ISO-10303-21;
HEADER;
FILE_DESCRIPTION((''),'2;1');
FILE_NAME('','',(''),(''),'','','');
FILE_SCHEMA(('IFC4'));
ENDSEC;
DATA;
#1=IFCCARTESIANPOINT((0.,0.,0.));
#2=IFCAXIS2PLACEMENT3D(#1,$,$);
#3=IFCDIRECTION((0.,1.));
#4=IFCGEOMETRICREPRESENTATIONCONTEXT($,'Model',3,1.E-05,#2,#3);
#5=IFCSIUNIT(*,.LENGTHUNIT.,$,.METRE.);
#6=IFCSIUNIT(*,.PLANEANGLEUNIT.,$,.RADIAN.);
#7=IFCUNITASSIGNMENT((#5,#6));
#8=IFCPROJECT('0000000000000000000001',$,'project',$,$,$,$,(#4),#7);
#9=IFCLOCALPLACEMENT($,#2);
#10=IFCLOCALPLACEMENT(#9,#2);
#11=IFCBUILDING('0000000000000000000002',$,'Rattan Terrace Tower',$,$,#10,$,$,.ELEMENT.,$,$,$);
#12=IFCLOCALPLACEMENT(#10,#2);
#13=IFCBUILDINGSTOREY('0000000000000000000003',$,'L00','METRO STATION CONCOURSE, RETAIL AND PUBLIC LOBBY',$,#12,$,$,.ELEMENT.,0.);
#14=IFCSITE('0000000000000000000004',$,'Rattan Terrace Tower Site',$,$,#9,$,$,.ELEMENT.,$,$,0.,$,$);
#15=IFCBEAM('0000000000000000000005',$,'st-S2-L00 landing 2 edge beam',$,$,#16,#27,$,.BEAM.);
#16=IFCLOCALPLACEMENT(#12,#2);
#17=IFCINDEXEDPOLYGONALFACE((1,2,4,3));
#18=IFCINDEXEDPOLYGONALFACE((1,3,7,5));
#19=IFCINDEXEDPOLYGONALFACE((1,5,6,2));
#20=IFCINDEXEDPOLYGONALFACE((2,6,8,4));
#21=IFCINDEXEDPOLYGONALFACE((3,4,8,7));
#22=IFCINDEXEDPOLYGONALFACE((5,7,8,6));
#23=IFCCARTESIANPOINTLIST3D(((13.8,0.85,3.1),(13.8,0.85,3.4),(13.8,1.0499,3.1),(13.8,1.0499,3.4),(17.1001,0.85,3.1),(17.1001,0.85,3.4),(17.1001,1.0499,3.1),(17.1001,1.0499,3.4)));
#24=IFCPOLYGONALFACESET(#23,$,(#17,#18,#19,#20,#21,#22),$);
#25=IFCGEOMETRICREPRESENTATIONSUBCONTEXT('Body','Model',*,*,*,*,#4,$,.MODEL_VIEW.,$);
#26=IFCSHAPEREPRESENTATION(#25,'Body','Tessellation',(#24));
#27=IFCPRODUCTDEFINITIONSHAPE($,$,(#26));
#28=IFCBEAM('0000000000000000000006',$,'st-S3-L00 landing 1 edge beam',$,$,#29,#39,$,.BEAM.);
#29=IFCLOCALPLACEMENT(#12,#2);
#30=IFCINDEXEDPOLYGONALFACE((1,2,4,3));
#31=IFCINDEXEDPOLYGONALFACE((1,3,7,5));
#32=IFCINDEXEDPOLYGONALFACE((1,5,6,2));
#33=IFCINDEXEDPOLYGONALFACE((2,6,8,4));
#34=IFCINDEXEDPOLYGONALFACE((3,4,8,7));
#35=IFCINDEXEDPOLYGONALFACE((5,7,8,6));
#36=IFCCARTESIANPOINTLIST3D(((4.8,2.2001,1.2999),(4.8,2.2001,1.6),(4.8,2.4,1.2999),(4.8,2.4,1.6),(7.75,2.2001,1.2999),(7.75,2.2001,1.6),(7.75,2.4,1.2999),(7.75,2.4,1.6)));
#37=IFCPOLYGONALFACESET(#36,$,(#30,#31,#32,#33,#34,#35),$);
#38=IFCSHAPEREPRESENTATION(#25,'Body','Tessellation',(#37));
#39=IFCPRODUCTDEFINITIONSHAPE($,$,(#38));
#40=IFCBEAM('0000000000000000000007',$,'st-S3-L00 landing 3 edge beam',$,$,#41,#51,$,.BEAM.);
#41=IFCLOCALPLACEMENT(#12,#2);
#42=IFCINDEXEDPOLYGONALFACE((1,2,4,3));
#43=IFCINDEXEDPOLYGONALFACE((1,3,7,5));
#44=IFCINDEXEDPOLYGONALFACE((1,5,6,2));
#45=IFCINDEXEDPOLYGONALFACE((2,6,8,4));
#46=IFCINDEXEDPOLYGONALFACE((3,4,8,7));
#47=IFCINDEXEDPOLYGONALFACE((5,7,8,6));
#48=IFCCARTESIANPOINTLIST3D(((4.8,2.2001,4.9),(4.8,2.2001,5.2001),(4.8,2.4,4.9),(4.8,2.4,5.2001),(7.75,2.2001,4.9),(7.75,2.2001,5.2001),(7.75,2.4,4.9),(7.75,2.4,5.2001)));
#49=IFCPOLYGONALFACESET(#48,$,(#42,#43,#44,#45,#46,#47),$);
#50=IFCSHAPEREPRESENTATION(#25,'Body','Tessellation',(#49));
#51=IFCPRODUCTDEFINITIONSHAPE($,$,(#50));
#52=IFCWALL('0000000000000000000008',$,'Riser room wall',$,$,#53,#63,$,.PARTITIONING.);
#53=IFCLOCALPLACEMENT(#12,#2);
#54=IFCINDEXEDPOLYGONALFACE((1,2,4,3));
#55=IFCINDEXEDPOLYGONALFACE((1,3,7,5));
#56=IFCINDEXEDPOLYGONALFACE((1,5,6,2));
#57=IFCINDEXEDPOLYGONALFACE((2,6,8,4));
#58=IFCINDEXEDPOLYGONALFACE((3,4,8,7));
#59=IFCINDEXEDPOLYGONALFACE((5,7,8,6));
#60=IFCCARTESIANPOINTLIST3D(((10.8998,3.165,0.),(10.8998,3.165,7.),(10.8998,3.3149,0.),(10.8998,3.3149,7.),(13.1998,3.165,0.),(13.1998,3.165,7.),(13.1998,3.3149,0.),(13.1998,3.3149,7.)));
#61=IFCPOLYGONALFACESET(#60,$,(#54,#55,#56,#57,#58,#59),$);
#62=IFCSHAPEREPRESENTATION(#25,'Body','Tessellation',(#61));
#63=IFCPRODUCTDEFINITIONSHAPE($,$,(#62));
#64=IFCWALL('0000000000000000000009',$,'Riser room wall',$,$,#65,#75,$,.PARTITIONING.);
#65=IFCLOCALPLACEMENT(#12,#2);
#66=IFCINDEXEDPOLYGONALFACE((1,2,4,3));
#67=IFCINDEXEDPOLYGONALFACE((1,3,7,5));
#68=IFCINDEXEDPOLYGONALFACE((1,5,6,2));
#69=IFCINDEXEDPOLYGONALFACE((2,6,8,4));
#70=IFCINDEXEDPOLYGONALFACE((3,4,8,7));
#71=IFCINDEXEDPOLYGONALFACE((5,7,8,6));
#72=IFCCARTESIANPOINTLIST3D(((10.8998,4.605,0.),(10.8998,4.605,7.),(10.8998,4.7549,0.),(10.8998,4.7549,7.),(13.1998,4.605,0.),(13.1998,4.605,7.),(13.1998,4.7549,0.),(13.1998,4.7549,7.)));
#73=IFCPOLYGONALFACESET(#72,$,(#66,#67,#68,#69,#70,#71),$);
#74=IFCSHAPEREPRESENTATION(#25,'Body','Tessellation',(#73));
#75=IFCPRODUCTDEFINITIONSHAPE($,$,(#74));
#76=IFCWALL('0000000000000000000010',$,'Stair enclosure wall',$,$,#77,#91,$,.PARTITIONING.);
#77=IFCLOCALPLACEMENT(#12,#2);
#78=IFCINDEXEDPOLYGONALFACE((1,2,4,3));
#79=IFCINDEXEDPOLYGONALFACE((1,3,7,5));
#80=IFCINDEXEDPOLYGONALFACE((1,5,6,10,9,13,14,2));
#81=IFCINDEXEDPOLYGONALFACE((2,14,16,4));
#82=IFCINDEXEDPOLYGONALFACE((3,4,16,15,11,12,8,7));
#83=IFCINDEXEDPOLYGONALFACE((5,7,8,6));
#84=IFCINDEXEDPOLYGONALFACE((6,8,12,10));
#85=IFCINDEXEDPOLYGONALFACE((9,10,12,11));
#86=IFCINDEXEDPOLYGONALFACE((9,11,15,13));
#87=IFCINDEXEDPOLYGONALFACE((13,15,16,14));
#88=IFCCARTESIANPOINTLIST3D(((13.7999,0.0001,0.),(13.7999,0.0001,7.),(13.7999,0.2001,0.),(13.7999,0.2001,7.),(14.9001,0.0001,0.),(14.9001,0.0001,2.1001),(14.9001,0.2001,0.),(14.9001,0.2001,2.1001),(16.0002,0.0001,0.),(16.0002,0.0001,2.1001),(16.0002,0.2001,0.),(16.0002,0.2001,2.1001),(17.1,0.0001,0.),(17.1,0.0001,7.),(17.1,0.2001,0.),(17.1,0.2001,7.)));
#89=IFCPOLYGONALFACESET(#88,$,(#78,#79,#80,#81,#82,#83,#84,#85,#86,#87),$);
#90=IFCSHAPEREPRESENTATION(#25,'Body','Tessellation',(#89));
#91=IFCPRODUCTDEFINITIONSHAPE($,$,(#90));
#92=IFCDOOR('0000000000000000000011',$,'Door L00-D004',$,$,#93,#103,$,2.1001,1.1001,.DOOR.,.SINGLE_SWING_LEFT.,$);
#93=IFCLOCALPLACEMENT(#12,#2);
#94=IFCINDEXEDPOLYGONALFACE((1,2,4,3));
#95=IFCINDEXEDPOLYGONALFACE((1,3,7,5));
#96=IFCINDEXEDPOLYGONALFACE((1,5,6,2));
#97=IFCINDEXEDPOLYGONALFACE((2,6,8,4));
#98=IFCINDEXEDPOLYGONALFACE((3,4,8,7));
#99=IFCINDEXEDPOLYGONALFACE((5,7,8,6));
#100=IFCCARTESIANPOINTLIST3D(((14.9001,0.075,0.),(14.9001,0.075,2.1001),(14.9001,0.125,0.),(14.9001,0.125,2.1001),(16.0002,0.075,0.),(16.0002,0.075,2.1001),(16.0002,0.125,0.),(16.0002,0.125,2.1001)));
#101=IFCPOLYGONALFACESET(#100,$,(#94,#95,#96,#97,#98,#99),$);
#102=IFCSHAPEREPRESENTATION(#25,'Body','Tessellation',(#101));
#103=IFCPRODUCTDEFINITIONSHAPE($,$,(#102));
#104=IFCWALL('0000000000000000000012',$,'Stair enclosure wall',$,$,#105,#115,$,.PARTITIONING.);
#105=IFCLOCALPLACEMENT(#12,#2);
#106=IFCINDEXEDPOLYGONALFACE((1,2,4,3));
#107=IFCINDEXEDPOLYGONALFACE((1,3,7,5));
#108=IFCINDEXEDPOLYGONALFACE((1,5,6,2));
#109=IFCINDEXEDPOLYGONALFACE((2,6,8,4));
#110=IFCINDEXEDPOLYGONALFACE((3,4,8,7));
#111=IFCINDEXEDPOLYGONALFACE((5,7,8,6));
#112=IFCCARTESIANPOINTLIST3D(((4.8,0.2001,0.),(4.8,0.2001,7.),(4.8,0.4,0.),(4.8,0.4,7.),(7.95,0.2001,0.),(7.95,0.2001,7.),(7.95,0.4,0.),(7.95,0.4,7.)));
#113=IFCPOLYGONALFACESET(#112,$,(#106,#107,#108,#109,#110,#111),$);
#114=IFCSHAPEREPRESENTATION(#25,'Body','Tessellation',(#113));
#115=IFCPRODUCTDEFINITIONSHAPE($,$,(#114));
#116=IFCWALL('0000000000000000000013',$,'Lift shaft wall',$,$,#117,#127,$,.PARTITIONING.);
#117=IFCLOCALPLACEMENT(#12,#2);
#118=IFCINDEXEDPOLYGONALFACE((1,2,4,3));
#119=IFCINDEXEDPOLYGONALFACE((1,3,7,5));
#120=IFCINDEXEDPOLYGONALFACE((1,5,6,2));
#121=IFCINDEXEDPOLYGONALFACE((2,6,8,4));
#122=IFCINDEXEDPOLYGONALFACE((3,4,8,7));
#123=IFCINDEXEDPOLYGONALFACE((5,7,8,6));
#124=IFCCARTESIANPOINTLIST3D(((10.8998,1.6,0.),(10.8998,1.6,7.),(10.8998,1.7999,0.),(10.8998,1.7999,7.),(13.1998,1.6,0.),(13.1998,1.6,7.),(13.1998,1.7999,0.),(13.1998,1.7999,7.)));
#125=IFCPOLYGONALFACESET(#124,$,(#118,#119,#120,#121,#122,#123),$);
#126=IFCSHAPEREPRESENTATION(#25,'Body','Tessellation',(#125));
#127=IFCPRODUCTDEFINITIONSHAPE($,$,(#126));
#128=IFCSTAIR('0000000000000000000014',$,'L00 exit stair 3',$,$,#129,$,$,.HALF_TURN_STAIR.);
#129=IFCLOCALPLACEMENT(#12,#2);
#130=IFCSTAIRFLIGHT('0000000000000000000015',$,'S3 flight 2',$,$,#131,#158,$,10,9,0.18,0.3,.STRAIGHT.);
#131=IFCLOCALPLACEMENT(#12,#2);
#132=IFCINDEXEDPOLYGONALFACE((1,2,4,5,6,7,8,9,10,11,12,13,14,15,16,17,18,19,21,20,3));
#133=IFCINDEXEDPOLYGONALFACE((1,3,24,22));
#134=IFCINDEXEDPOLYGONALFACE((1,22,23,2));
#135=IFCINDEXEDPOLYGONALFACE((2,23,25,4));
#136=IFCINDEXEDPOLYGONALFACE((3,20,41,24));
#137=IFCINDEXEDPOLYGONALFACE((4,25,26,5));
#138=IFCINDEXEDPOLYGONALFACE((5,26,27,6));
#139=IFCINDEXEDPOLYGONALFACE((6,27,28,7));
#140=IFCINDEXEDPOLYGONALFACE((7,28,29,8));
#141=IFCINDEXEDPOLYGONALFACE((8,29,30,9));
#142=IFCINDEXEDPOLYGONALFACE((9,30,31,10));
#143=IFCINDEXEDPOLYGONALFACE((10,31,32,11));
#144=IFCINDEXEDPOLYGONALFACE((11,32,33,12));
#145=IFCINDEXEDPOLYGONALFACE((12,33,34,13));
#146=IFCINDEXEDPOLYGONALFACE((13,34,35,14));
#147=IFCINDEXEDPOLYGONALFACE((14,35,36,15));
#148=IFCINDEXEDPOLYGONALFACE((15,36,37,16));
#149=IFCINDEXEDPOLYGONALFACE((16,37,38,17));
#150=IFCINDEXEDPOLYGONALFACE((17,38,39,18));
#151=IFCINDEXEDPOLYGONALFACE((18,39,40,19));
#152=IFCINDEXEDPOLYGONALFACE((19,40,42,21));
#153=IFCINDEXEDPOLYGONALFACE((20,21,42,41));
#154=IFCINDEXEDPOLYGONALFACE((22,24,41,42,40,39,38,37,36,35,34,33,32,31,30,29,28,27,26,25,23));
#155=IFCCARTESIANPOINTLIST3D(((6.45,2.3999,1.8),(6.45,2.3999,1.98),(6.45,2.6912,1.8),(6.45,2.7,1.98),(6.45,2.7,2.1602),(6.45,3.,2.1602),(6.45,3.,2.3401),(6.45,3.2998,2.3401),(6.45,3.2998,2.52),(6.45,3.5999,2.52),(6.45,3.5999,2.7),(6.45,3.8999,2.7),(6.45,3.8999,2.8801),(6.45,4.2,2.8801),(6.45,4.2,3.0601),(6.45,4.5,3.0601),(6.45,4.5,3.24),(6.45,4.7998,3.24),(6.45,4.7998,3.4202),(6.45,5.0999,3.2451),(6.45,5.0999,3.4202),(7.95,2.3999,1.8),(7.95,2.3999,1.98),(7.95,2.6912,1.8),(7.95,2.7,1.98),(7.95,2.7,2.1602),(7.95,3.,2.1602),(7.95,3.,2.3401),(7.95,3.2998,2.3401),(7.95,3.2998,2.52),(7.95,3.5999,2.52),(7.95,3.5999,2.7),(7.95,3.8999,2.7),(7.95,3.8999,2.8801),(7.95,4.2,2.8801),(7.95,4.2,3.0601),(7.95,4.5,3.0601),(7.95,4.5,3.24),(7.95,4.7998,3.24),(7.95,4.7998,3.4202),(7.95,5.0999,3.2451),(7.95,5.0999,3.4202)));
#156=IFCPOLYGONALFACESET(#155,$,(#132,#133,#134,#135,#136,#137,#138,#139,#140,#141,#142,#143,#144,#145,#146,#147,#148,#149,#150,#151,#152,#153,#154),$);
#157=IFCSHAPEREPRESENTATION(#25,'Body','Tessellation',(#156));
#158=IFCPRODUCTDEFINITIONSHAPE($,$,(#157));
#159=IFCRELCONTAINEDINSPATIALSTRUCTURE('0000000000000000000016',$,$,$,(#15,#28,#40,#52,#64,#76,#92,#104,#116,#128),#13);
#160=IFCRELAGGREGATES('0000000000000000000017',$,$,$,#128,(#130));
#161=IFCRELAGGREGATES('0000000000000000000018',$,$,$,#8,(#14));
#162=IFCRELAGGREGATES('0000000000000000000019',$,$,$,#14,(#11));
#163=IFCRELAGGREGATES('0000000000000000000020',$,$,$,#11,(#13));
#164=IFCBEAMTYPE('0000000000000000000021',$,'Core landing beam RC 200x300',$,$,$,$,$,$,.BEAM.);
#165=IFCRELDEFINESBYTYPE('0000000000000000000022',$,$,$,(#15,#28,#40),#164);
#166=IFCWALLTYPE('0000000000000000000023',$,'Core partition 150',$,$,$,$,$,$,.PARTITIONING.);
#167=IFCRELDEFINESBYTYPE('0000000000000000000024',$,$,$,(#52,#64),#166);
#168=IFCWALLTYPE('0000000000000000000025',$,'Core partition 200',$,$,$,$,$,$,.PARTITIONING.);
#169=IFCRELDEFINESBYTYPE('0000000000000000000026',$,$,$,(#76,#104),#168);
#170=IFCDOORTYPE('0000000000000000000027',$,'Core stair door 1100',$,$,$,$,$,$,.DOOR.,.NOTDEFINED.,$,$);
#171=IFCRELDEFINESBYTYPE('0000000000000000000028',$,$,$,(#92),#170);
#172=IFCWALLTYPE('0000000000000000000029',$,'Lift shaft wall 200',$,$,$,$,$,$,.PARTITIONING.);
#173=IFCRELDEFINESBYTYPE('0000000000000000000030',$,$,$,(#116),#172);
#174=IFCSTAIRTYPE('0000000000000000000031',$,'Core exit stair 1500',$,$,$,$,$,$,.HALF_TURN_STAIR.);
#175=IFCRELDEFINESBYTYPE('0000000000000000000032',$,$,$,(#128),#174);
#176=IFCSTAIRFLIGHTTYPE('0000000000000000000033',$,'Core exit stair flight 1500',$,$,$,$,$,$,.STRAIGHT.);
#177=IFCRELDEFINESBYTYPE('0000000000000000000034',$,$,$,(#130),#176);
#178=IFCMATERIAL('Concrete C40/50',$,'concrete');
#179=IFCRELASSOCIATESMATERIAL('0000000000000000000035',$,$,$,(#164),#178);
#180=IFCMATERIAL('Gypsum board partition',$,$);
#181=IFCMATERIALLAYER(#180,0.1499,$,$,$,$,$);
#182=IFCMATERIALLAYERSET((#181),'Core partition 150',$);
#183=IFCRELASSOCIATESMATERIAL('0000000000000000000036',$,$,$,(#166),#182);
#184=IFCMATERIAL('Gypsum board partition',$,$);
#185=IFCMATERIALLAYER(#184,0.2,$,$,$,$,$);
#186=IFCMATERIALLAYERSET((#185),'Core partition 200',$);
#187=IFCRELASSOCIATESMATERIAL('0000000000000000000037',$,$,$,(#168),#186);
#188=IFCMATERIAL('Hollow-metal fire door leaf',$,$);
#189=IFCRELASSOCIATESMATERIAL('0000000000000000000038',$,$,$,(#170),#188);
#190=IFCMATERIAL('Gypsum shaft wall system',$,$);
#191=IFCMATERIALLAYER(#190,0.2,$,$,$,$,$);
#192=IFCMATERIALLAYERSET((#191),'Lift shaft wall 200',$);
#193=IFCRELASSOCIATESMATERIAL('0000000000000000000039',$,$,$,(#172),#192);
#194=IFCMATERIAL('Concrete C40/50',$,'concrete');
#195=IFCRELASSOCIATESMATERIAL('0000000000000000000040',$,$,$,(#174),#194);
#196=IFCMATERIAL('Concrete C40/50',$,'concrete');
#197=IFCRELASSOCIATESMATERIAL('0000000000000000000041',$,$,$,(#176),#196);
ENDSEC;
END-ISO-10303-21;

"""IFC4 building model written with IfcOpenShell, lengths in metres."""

from ifc_helpers import new_model, si_unit, direction, frame, frame_2d, origin, origin_2d, place, context, subcontext, project, spatial, polyline, rectangle, outline, extrude, material, layer, layer_set, material_profile, profile_set, type_object, element, fill, aggregate, save


model = new_model("IFC4")

# Units and contexts
model_context = context("Model", 3, precision=1e-05, world=origin(), true_north=direction((0.0, 1.0)))
body_context = subcontext(model_context, "Body", "Model", "MODEL_VIEW")
ifc_project = project(units=[si_unit("LENGTHUNIT", "METRE"), si_unit("PLANEANGLEUNIT", "RADIAN")], contexts=[model_context])

# Site, building, storey
site_placement = place(None, origin())
site = spatial("IfcSite", under=ifc_project, at=site_placement, Name="Rattan Terrace Tower Site", CompositionType="ELEMENT", RefElevation=0.0)
building_placement = place(site_placement, origin())
building = spatial("IfcBuilding", under=site, at=building_placement, Name="Rattan Terrace Tower", CompositionType="ELEMENT")
storey_placement = place(building_placement, origin())
storey = spatial("IfcBuildingStorey", under=building, at=storey_placement, Name="L00", Description="METRO STATION CONCOURSE, RETAIL AND PUBLIC LOBBY", CompositionType="ELEMENT", Elevation=0.0)

# Beams
ifc_material_1 = material(Name="Concrete C40/50", Category="concrete")
ifc_material_profile = material_profile(ifc_material_1, rectangle(XDim=0.2, YDim=0.3, at=origin_2d()), Name="RC 200x300")
ifc_profile_set = profile_set([ifc_material_profile], Name="Concrete C40/50")
beam_type = type_object("IfcBeamType", Name="Core landing beam RC 200x300", PredefinedType="BEAM", material=ifc_profile_set)
beam_placement = place(storey_placement, frame((13.8, 0.95, 3.25), z_axis=(1.0, 0.0, 0.0), x_axis=(0.0, 1.0, 0.0)))
element("IfcBeam", 1, at=beam_placement, inside=storey, type_object=beam_type, Name="st-S2-L00 landing 2 edge beam", PredefinedType="BEAM", context=body_context, shape_type="SweptSolid", body=[
    extrude(rectangle(XDim=0.2, YDim=0.3, at=origin_2d()), origin(), (0.0, 0.0, 1.0), 3.3),
])
for number, where, z_axis, x_axis, name in (
    (2, (4.8, 2.3, 1.45), (1.0, 0.0, 0.0), (0.0, 1.0, 0.0), "st-S3-L00 landing 1 edge beam"),
    (3, (4.8, 2.3, 5.05), (1.0, 0.0, 0.0), (0.0, 1.0, 0.0), "st-S3-L00 landing 3 edge beam"),
):
    element("IfcBeam", number, at=place(storey_placement, frame(where, z_axis=z_axis, x_axis=x_axis)), inside=storey, type_object=beam_type, Name=name, PredefinedType="BEAM", context=body_context, shape_type="SweptSolid", body=[
        extrude(rectangle(XDim=0.2, YDim=0.3, at=origin_2d()), origin(), (0.0, 0.0, 1.0), 2.95),
    ])

# Walls
ifc_material_2 = material(Name="Gypsum board partition")
ifc_layer_1 = layer(ifc_material_2, 0.1499)
ifc_layer_set_1 = layer_set([ifc_layer_1], Name="Core partition 150")
wall_type_1 = type_object("IfcWallType", Name="Core partition 150", PredefinedType="PARTITIONING", material=ifc_layer_set_1)
for number, where, z_axis, x_axis, name in (
    (4, (10.8999, 3.24, 0.0), (0.0, 0.0, 1.0), (1.0, 0.0, 0.0), "Riser room wall"),
    (5, (10.8999, 4.6799, 0.0), (0.0, 0.0, 1.0), (1.0, 0.0, 0.0), "Riser room wall"),
):
    element("IfcWall", number, at=place(storey_placement, frame(where, z_axis=z_axis, x_axis=x_axis)), inside=storey, type_object=wall_type_1, Name=name, PredefinedType="PARTITIONING", context=body_context, shape_type="SweptSolid", body=[
        extrude(rectangle(XDim=2.3, YDim=0.1499, at=frame_2d((1.1499, 0.0))), origin(), (0.0, 0.0, 1.0), 7.0),
    ])

# Wall, opening, door
ifc_material_3 = material(Name="Gypsum board partition")
ifc_layer_2 = layer(ifc_material_3, 0.2)
ifc_layer_set_2 = layer_set([ifc_layer_2], Name="Core partition 200")
wall_type_2 = type_object("IfcWallType", Name="Core partition 200", PredefinedType="PARTITIONING", material=ifc_layer_set_2)
wall_1_placement = place(storey_placement, frame((13.8, 0.1001, 0.0), z_axis=(0.0, 0.0, 1.0), x_axis=(1.0, 0.0, 0.0)))
wall_1 = element("IfcWall", 6, at=wall_1_placement, inside=storey, type_object=wall_type_2, Name="Stair enclosure wall", PredefinedType="PARTITIONING", context=body_context, shape_type="SweptSolid", body=[
    extrude(rectangle(XDim=3.3, YDim=0.2, at=frame_2d((1.6499, 0.0))), origin(), (0.0, 0.0, 1.0), 7.0),
])
opening_placement = place(wall_1_placement, frame((1.1001, 0.0, 0.0)))
opening = element("IfcOpeningElement", 7, at=opening_placement, cuts=wall_1, PredefinedType="OPENING", context=body_context, shape_type="SweptSolid", body=[
    extrude(rectangle(XDim=1.1001, YDim=2.1001, at=frame_2d((0.55, 1.05))), frame((0.0, 0.1106, 0.0), z_axis=(0.0, -1.0, 0.0), x_axis=(1.0, 0.0, 0.0)), (0.0, 0.0, 1.0), 0.2209),
])
ifc_material_4 = material(Name="Hollow-metal fire door leaf")
door_type = type_object("IfcDoorType", Name="Core stair door 1100", OperationType="NOTDEFINED", PredefinedType="DOOR", material=ifc_material_4)
door_placement = place(opening_placement, origin())
door = element("IfcDoor", 8, at=door_placement, inside=storey, type_object=door_type, Name="Door L00-D004", OperationType="SINGLE_SWING_LEFT", OverallHeight=2.1001, OverallWidth=1.1001, PredefinedType="DOOR", context=body_context, shape_type="SweptSolid", body=[
    extrude(rectangle(XDim=1.1001, YDim=2.1001, at=frame_2d((0.55, 1.05))), frame((0.0, 0.0249, 0.0), z_axis=(0.0, -1.0, 0.0), x_axis=(1.0, 0.0, 0.0)), (0.0, 0.0, 1.0), 0.05),
])
fill(opening, door)

# Walls
wall_2_placement = place(storey_placement, frame((4.8, 0.3, 0.0), z_axis=(0.0, 0.0, 1.0), x_axis=(1.0, 0.0, 0.0)))
element("IfcWall", 9, at=wall_2_placement, inside=storey, type_object=wall_type_2, Name="Stair enclosure wall", PredefinedType="PARTITIONING", context=body_context, shape_type="SweptSolid", body=[
    extrude(rectangle(XDim=3.1499, YDim=0.2, at=frame_2d((1.575, 0.0))), origin(), (0.0, 0.0, 1.0), 7.0),
])
ifc_material_5 = material(Name="Gypsum shaft wall system")
ifc_layer_3 = layer(ifc_material_5, 0.2)
ifc_layer_set_3 = layer_set([ifc_layer_3], Name="Lift shaft wall 200")
wall_type_3 = type_object("IfcWallType", Name="Lift shaft wall 200", PredefinedType="PARTITIONING", material=ifc_layer_set_3)
wall_3_placement = place(storey_placement, frame((10.8999, 1.7, 0.0), z_axis=(0.0, 0.0, 1.0), x_axis=(1.0, 0.0, 0.0)))
element("IfcWall", 10, at=wall_3_placement, inside=storey, type_object=wall_type_3, Name="Lift shaft wall", PredefinedType="PARTITIONING", context=body_context, shape_type="SweptSolid", body=[
    extrude(rectangle(XDim=2.3, YDim=0.2, at=frame_2d((1.1499, 0.0))), origin(), (0.0, 0.0, 1.0), 7.0),
])

# Stair, stair flight
ifc_material_6 = material(Name="Concrete C40/50", Category="concrete")
stair_type = type_object("IfcStairType", Name="Core exit stair 1500", PredefinedType="HALF_TURN_STAIR", material=ifc_material_6)
stair_placement = place(storey_placement, origin())
stair = element("IfcStair", 11, at=stair_placement, inside=storey, type_object=stair_type, Name="L00 exit stair 3", PredefinedType="HALF_TURN_STAIR")
ifc_material_7 = material(Name="Concrete C40/50", Category="concrete")
stair_flight_type = type_object("IfcStairFlightType", Name="Core exit stair flight 1500", PredefinedType="STRAIGHT", material=ifc_material_7)
stair_flight_1_placement = place(storey_placement, frame((7.2, 2.3999, 1.8), z_axis=(0.0, 0.0, 1.0), x_axis=(0.0, 1.0, 0.0)))
stair_flight_1 = element("IfcStairFlight", 12, at=stair_flight_1_placement, type_object=stair_flight_type, Name="S3 flight 2", NumberOfRisers=10, NumberOfTreads=9, PredefinedType="STRAIGHT", RiserHeight=0.18, TreadLength=0.3, context=body_context, shape_type="SweptSolid", body=[
    extrude(outline(polyline([(0.0, 0.0), (0.0, 0.1799), (0.3, 0.1799), (0.3, 0.3601), (0.6001, 0.3601), (0.6001, 0.54), (0.8999, 0.54), (0.8999, 0.72), (1.2, 0.72), (1.2, 0.8999), (1.5, 0.8999), (1.5, 1.0801), (1.8, 1.0801), (1.8, 1.26), (2.1001, 1.26), (2.1001, 1.4399), (2.3999, 1.4399), (2.3999, 1.6201), (2.7, 1.6201), (2.7, 1.8), (2.7, 1.4451), (0.2913, 0.0), (0.0, 0.0)])), frame((0.0, 0.75, 0.0), z_axis=(0.0, -1.0, 0.0), x_axis=(1.0, 0.0, 0.0)), (0.0, 0.0, 1.0), 1.5),
])
aggregate(stair, [stair_flight_1])

save(model, "model.ifc")
